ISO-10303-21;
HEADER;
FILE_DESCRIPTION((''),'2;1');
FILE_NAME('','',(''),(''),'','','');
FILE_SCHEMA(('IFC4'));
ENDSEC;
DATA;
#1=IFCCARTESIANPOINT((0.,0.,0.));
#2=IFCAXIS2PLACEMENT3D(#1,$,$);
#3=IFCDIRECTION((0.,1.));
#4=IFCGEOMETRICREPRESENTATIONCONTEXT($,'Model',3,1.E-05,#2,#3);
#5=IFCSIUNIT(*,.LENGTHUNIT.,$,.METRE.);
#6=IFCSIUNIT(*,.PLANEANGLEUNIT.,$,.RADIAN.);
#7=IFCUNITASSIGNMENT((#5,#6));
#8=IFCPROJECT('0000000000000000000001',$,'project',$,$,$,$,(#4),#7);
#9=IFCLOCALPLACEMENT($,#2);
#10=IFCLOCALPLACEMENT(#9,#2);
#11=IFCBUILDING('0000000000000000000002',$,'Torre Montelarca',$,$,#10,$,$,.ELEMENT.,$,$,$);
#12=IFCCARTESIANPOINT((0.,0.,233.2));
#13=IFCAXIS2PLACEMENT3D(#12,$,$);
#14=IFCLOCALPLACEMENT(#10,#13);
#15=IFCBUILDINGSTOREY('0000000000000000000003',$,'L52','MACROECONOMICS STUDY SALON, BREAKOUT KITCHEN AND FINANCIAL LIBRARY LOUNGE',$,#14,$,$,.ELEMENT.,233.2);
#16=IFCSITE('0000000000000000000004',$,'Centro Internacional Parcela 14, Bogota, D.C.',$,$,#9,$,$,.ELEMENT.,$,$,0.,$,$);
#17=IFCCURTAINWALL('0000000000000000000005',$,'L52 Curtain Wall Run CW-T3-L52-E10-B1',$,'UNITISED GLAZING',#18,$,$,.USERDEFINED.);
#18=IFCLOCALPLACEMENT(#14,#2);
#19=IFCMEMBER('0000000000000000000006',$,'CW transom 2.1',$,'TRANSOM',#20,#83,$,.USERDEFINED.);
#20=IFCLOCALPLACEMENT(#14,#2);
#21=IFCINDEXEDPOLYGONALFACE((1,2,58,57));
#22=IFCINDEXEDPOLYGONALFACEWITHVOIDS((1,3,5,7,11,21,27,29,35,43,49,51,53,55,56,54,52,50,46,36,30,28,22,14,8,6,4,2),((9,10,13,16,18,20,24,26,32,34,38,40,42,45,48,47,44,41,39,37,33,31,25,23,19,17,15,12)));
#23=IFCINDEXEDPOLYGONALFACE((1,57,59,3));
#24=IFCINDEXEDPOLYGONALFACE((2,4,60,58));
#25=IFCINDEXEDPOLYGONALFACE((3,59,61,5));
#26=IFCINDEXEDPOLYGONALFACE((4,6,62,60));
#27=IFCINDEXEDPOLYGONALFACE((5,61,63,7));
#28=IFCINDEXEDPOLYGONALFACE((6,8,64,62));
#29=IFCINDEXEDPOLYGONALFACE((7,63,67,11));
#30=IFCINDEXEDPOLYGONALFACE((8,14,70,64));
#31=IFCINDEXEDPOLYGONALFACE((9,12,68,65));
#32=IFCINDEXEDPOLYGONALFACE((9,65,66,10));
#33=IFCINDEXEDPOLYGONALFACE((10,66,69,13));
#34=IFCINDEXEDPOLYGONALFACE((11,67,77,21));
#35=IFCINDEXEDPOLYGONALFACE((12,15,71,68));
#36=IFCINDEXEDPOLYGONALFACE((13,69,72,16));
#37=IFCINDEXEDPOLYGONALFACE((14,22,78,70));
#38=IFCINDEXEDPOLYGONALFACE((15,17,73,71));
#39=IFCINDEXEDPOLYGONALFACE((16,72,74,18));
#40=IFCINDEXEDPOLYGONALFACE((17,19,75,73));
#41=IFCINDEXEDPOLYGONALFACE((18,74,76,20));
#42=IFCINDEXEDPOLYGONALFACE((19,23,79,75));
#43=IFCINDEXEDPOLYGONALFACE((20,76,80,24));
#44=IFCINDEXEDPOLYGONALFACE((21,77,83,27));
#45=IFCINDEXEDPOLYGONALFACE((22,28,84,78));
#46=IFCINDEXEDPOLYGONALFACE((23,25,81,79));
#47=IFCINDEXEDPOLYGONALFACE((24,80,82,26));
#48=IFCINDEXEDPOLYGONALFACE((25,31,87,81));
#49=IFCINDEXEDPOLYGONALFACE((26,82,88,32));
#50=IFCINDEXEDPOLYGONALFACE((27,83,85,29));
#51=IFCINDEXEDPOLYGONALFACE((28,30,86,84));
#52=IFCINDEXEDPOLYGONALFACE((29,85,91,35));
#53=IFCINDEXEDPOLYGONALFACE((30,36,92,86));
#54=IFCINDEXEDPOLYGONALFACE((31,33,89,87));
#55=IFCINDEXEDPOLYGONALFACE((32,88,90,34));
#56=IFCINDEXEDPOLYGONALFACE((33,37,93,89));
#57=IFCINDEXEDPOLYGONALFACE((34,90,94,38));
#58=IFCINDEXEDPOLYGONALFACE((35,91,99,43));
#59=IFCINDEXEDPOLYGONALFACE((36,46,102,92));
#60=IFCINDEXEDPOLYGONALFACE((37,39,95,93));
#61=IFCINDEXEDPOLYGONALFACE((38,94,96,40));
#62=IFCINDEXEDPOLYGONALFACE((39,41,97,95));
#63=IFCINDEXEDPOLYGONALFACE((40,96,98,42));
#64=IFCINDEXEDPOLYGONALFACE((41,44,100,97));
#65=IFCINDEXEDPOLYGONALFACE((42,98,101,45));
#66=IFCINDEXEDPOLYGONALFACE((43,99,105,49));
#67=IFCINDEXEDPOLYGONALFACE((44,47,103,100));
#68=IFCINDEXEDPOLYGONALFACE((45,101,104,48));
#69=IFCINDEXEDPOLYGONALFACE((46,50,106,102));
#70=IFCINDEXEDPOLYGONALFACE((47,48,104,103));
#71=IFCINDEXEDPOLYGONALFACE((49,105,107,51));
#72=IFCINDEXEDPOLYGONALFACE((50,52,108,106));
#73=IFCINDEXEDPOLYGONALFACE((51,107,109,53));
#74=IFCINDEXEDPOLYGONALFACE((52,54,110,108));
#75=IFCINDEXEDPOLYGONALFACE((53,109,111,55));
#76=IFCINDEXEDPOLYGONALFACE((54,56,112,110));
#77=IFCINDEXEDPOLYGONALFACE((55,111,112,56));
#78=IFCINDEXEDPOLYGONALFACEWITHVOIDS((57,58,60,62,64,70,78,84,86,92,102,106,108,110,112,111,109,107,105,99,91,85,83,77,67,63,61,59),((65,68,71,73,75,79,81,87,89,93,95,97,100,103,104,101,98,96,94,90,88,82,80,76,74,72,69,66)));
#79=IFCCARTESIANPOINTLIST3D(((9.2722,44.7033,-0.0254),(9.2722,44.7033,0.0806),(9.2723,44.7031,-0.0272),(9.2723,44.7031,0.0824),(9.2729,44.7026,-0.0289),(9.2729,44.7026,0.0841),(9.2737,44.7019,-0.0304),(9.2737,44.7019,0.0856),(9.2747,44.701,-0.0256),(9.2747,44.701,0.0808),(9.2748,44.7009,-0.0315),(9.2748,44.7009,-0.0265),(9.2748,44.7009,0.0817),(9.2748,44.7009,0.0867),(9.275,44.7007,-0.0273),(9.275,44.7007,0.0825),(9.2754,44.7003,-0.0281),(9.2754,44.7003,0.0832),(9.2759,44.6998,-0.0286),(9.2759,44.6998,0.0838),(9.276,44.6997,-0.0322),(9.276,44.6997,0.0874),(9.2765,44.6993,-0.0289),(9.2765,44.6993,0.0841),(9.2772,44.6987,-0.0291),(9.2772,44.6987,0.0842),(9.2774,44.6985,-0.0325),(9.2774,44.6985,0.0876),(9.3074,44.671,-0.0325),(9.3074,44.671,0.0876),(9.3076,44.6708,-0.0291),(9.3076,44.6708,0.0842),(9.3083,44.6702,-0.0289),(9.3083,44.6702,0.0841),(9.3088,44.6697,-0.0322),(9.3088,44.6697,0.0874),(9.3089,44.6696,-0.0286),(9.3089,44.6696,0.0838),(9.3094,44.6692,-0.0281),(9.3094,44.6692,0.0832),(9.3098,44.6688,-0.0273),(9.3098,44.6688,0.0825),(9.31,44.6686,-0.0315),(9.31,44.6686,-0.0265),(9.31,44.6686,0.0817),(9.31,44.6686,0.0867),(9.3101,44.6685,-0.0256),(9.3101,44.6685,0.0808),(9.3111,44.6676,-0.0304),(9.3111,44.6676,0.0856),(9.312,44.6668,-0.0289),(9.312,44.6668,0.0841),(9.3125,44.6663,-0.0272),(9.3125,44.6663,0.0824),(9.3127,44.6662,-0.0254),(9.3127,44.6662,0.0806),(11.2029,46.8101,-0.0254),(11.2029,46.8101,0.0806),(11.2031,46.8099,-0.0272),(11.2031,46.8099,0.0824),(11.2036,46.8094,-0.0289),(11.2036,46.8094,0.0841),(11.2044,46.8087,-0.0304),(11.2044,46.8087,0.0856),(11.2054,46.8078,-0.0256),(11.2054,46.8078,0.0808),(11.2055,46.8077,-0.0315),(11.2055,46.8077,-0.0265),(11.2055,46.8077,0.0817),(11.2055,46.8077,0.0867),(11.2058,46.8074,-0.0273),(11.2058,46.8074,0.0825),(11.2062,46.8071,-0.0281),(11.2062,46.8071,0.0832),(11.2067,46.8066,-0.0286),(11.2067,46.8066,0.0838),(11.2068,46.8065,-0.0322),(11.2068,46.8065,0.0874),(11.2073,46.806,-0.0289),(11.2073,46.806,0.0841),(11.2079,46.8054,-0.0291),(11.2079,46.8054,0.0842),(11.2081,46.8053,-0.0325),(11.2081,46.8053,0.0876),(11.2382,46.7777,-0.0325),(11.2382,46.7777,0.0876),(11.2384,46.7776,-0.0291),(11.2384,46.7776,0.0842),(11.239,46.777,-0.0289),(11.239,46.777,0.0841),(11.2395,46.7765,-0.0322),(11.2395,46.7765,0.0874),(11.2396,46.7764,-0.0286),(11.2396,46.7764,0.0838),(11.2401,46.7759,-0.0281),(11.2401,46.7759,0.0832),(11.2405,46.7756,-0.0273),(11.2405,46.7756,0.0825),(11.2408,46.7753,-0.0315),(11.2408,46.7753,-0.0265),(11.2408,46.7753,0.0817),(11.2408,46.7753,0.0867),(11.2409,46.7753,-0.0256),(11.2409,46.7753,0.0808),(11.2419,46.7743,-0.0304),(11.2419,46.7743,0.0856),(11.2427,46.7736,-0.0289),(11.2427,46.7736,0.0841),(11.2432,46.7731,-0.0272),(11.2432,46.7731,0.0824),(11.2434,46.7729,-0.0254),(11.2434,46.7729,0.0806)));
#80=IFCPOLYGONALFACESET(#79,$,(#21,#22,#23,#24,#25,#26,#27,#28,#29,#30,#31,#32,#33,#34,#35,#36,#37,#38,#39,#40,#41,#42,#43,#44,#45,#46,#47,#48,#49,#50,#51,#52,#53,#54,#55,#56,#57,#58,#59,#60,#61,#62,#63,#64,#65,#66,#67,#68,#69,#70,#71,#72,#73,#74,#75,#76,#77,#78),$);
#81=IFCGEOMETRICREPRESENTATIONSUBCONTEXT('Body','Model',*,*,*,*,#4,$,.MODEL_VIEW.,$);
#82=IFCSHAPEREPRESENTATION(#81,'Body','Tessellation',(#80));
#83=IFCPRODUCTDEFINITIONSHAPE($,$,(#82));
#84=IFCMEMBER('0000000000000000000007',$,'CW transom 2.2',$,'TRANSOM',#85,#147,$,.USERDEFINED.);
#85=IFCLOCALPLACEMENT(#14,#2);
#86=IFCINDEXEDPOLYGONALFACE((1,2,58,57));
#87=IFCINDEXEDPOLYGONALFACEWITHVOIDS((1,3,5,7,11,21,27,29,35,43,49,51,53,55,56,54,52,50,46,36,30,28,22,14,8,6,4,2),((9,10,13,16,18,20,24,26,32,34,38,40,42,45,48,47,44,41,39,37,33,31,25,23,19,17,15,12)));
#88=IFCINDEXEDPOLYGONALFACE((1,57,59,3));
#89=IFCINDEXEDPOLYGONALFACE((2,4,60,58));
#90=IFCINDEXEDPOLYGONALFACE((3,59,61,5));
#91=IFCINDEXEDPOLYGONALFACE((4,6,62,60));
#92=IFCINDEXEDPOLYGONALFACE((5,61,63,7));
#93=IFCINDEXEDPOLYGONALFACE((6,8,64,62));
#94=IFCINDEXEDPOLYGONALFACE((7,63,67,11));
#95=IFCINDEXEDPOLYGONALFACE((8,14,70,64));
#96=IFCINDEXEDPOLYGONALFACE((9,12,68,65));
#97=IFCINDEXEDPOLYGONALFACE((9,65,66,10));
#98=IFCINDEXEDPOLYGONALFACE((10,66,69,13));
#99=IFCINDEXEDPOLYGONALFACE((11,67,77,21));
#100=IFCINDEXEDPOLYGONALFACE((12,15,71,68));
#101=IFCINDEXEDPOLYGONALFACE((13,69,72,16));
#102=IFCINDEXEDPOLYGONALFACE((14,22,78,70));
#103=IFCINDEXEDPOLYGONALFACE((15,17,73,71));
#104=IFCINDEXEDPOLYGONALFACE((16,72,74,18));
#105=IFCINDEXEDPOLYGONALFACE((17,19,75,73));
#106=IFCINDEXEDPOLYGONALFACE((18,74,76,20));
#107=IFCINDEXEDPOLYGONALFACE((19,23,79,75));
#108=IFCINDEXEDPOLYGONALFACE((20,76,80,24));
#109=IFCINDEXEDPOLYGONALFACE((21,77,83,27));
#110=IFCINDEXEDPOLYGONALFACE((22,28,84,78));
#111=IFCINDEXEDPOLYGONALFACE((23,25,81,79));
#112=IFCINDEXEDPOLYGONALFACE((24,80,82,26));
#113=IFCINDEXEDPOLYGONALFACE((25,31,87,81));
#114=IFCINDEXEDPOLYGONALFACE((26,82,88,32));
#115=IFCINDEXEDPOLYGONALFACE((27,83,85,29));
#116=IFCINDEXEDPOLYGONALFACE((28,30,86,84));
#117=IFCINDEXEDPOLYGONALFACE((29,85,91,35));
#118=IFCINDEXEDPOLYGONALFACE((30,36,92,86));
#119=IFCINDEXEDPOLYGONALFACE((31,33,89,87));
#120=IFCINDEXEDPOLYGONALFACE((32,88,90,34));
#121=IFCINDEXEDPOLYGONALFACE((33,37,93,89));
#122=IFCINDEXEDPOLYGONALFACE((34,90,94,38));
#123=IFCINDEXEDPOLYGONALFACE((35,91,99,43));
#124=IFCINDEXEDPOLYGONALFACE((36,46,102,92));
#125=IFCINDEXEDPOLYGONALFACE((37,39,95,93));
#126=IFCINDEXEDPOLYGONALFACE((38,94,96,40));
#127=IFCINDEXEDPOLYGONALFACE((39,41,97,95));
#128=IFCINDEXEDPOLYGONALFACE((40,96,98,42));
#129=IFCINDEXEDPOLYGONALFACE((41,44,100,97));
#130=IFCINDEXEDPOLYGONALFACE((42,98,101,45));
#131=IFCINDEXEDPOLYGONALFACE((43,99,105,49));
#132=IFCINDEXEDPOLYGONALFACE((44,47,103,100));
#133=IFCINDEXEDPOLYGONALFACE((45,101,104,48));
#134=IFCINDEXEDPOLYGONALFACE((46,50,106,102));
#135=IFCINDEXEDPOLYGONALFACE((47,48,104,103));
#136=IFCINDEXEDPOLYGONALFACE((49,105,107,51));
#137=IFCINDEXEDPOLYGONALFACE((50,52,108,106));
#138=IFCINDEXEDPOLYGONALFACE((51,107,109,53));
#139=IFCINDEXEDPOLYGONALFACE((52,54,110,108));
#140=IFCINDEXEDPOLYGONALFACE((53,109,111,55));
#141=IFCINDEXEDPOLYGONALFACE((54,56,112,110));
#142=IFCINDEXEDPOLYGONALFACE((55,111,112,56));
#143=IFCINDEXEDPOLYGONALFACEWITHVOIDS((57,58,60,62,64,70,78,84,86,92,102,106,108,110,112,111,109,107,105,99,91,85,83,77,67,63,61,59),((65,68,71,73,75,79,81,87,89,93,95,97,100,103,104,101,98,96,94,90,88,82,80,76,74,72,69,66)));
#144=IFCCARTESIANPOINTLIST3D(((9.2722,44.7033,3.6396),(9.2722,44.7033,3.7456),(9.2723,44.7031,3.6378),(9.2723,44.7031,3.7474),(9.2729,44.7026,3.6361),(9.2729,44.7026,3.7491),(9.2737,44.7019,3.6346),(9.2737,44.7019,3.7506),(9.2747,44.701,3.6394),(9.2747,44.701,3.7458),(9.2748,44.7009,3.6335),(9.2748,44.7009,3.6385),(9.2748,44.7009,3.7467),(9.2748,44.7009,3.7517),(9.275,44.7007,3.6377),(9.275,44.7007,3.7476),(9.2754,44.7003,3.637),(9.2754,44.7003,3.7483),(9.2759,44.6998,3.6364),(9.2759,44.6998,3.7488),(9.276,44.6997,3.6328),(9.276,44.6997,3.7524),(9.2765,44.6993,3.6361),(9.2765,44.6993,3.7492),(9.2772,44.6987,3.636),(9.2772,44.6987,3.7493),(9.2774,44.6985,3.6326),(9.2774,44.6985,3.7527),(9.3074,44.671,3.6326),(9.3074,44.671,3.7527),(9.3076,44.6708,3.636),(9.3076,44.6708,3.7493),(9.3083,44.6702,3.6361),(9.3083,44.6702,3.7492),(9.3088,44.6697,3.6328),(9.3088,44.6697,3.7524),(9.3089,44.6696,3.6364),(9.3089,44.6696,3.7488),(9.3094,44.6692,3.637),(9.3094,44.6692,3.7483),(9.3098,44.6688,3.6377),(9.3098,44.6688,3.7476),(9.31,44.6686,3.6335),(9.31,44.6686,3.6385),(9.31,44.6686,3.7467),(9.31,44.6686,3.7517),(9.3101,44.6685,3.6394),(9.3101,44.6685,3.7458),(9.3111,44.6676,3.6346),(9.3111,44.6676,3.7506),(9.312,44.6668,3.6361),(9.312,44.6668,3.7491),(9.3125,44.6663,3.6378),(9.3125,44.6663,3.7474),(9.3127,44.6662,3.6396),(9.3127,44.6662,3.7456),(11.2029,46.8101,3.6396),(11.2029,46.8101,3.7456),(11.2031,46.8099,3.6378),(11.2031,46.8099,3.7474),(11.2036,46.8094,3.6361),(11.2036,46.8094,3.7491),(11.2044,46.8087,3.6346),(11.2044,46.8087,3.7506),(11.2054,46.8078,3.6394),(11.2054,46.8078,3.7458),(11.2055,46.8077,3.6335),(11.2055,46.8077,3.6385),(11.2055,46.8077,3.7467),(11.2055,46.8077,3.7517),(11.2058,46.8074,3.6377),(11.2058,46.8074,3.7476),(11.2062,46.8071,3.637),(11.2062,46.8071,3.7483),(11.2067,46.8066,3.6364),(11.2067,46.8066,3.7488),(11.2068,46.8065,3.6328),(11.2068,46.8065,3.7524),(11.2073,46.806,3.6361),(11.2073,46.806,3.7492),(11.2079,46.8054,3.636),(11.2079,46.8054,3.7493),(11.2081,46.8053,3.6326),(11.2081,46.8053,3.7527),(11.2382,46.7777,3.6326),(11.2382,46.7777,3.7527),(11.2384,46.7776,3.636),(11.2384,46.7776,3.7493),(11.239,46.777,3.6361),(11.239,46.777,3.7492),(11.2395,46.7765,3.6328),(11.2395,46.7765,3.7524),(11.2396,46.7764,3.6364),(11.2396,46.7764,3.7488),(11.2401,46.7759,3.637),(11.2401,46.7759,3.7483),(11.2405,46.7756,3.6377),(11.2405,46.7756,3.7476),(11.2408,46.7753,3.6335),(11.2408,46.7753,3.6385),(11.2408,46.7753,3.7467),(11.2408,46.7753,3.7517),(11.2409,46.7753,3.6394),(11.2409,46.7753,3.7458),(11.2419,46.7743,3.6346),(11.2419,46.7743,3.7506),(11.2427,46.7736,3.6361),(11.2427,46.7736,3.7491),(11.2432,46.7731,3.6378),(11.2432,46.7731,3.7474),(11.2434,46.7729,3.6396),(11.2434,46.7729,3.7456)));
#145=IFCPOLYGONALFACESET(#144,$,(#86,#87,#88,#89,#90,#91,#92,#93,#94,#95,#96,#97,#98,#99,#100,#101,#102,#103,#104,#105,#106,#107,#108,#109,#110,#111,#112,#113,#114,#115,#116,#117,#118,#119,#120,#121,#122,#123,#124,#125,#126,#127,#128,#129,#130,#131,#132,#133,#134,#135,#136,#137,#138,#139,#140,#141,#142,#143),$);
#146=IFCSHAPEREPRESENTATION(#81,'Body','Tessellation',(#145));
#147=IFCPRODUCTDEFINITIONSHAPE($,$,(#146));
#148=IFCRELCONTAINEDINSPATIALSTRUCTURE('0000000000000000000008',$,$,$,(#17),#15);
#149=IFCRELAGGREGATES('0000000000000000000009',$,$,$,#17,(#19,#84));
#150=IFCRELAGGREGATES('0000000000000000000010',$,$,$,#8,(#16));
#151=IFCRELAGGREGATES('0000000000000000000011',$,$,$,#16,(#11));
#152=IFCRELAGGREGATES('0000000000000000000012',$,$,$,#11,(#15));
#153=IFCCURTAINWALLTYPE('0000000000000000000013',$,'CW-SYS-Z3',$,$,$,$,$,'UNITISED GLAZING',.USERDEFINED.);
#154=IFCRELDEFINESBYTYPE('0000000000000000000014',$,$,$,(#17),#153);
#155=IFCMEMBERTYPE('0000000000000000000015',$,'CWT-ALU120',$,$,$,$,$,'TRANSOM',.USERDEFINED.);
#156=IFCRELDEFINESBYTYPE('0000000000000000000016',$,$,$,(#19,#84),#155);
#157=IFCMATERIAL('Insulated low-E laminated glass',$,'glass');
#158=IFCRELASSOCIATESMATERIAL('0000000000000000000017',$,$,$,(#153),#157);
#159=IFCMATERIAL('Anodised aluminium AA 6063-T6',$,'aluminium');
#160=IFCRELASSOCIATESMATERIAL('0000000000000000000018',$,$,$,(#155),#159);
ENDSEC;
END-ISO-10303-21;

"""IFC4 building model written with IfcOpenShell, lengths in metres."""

from ifc_helpers import new_model, si_unit, direction, frame, origin, origin_2d, place, context, subcontext, project, spatial, hollow_rectangle, extrude, source, transform, mapped, material, material_profile, profile_set, type_object, element, aggregate, save


model = new_model("IFC4")

# Units and contexts
model_context = context("Model", 3, precision=1e-05, world=origin(), true_north=direction((0.0, 1.0)))
body_context = subcontext(model_context, "Body", "Model", "MODEL_VIEW")
ifc_project = project(units=[si_unit("LENGTHUNIT", "METRE"), si_unit("PLANEANGLEUNIT", "RADIAN")], contexts=[model_context])

# Site, building, storey
site_placement = place(None, origin())
site = spatial("IfcSite", under=ifc_project, at=site_placement, Name="Centro Internacional Parcela 14, Bogota, D.C.", CompositionType="ELEMENT", RefElevation=0.0)
building_placement = place(site_placement, origin())
building = spatial("IfcBuilding", under=site, at=building_placement, Name="Torre Montelarca", CompositionType="ELEMENT")
storey_placement = place(building_placement, frame((0.0, 0.0, 233.2)))
storey = spatial("IfcBuildingStorey", under=building, at=storey_placement, Name="L52", Description="MACROECONOMICS STUDY SALON, BREAKOUT KITCHEN AND FINANCIAL LIBRARY LOUNGE", CompositionType="ELEMENT", Elevation=233.2)

# Shared definitions
ifc_material_1 = material(Name="Insulated low-E laminated glass", Category="glass")
curtain_wall_type = type_object("IfcCurtainWallType", Name="CW-SYS-Z3", ElementType="UNITISED GLAZING", PredefinedType="USERDEFINED", material=ifc_material_1)
ifc_material_2 = material(Name="Anodised aluminium AA 6063-T6", Category="aluminium")

# Curtain wall
curtain_wall_1_placement = place(storey_placement, origin())
curtain_wall_1 = element("IfcCurtainWall", 1, at=curtain_wall_1_placement, inside=storey, type_object=curtain_wall_type, Name="L52 Curtain Wall Run CW-T3-L52-E10-B1", ObjectType="UNITISED GLAZING", PredefinedType="USERDEFINED")

# Members
ifc_material_profile_1 = material_profile(ifc_material_2, hollow_rectangle(XDim=0.0549, YDim=0.1201, WallThickness=0.0034, InnerFilletRadius=0.0034, OuterFilletRadius=0.0071, at=origin_2d()), Name="ALU55X120X3.5", Category="aluminium")
ifc_profile_set_1 = profile_set([ifc_material_profile_1], Name="Anodised aluminium AA 6063-T6")
member_type_1 = type_object("IfcMemberType", Name="CWT-ALU120", ElementType="TRANSOM", PredefinedType="USERDEFINED", material=ifc_profile_set_1)
shared_shape_1 = source(origin(), body_context, "Body", "SweptSolid", [
    extrude(hollow_rectangle(XDim=0.0549, YDim=0.1201, WallThickness=0.0034, InnerFilletRadius=0.0034, OuterFilletRadius=0.0071, at=origin_2d()), origin(), (0.0, 0.0, 1.0), 2.8577),
])
member_1_placement = place(storey_placement, frame((11.2231, 46.7915, 0.0276), z_axis=(-0.675636, -0.737236, 0.0), x_axis=(0.737236, -0.675636, 0.0)))
member_1 = element("IfcMember", 2, at=member_1_placement, type_object=member_type_1, Name="CW transom 2.1", ObjectType="TRANSOM", PredefinedType="USERDEFINED", context=body_context, shape_type="MappedRepresentation", body=[
    mapped(shared_shape_1, transform((0.0, 0.0, 0.0), scale=1.0)),
])
member_2_placement = place(storey_placement, frame((11.2231, 46.7915, 3.6926), z_axis=(-0.675636, -0.737236, 0.0), x_axis=(0.737236, -0.675636, 0.0)))
member_2 = element("IfcMember", 3, at=member_2_placement, type_object=member_type_1, Name="CW transom 2.2", ObjectType="TRANSOM", PredefinedType="USERDEFINED", context=body_context, shape_type="MappedRepresentation", body=[
    mapped(shared_shape_1, transform((0.0, 0.0, 0.0), scale=1.0)),
])

aggregate(curtain_wall_1, [member_1, member_2])

save(model, "model.ifc")
